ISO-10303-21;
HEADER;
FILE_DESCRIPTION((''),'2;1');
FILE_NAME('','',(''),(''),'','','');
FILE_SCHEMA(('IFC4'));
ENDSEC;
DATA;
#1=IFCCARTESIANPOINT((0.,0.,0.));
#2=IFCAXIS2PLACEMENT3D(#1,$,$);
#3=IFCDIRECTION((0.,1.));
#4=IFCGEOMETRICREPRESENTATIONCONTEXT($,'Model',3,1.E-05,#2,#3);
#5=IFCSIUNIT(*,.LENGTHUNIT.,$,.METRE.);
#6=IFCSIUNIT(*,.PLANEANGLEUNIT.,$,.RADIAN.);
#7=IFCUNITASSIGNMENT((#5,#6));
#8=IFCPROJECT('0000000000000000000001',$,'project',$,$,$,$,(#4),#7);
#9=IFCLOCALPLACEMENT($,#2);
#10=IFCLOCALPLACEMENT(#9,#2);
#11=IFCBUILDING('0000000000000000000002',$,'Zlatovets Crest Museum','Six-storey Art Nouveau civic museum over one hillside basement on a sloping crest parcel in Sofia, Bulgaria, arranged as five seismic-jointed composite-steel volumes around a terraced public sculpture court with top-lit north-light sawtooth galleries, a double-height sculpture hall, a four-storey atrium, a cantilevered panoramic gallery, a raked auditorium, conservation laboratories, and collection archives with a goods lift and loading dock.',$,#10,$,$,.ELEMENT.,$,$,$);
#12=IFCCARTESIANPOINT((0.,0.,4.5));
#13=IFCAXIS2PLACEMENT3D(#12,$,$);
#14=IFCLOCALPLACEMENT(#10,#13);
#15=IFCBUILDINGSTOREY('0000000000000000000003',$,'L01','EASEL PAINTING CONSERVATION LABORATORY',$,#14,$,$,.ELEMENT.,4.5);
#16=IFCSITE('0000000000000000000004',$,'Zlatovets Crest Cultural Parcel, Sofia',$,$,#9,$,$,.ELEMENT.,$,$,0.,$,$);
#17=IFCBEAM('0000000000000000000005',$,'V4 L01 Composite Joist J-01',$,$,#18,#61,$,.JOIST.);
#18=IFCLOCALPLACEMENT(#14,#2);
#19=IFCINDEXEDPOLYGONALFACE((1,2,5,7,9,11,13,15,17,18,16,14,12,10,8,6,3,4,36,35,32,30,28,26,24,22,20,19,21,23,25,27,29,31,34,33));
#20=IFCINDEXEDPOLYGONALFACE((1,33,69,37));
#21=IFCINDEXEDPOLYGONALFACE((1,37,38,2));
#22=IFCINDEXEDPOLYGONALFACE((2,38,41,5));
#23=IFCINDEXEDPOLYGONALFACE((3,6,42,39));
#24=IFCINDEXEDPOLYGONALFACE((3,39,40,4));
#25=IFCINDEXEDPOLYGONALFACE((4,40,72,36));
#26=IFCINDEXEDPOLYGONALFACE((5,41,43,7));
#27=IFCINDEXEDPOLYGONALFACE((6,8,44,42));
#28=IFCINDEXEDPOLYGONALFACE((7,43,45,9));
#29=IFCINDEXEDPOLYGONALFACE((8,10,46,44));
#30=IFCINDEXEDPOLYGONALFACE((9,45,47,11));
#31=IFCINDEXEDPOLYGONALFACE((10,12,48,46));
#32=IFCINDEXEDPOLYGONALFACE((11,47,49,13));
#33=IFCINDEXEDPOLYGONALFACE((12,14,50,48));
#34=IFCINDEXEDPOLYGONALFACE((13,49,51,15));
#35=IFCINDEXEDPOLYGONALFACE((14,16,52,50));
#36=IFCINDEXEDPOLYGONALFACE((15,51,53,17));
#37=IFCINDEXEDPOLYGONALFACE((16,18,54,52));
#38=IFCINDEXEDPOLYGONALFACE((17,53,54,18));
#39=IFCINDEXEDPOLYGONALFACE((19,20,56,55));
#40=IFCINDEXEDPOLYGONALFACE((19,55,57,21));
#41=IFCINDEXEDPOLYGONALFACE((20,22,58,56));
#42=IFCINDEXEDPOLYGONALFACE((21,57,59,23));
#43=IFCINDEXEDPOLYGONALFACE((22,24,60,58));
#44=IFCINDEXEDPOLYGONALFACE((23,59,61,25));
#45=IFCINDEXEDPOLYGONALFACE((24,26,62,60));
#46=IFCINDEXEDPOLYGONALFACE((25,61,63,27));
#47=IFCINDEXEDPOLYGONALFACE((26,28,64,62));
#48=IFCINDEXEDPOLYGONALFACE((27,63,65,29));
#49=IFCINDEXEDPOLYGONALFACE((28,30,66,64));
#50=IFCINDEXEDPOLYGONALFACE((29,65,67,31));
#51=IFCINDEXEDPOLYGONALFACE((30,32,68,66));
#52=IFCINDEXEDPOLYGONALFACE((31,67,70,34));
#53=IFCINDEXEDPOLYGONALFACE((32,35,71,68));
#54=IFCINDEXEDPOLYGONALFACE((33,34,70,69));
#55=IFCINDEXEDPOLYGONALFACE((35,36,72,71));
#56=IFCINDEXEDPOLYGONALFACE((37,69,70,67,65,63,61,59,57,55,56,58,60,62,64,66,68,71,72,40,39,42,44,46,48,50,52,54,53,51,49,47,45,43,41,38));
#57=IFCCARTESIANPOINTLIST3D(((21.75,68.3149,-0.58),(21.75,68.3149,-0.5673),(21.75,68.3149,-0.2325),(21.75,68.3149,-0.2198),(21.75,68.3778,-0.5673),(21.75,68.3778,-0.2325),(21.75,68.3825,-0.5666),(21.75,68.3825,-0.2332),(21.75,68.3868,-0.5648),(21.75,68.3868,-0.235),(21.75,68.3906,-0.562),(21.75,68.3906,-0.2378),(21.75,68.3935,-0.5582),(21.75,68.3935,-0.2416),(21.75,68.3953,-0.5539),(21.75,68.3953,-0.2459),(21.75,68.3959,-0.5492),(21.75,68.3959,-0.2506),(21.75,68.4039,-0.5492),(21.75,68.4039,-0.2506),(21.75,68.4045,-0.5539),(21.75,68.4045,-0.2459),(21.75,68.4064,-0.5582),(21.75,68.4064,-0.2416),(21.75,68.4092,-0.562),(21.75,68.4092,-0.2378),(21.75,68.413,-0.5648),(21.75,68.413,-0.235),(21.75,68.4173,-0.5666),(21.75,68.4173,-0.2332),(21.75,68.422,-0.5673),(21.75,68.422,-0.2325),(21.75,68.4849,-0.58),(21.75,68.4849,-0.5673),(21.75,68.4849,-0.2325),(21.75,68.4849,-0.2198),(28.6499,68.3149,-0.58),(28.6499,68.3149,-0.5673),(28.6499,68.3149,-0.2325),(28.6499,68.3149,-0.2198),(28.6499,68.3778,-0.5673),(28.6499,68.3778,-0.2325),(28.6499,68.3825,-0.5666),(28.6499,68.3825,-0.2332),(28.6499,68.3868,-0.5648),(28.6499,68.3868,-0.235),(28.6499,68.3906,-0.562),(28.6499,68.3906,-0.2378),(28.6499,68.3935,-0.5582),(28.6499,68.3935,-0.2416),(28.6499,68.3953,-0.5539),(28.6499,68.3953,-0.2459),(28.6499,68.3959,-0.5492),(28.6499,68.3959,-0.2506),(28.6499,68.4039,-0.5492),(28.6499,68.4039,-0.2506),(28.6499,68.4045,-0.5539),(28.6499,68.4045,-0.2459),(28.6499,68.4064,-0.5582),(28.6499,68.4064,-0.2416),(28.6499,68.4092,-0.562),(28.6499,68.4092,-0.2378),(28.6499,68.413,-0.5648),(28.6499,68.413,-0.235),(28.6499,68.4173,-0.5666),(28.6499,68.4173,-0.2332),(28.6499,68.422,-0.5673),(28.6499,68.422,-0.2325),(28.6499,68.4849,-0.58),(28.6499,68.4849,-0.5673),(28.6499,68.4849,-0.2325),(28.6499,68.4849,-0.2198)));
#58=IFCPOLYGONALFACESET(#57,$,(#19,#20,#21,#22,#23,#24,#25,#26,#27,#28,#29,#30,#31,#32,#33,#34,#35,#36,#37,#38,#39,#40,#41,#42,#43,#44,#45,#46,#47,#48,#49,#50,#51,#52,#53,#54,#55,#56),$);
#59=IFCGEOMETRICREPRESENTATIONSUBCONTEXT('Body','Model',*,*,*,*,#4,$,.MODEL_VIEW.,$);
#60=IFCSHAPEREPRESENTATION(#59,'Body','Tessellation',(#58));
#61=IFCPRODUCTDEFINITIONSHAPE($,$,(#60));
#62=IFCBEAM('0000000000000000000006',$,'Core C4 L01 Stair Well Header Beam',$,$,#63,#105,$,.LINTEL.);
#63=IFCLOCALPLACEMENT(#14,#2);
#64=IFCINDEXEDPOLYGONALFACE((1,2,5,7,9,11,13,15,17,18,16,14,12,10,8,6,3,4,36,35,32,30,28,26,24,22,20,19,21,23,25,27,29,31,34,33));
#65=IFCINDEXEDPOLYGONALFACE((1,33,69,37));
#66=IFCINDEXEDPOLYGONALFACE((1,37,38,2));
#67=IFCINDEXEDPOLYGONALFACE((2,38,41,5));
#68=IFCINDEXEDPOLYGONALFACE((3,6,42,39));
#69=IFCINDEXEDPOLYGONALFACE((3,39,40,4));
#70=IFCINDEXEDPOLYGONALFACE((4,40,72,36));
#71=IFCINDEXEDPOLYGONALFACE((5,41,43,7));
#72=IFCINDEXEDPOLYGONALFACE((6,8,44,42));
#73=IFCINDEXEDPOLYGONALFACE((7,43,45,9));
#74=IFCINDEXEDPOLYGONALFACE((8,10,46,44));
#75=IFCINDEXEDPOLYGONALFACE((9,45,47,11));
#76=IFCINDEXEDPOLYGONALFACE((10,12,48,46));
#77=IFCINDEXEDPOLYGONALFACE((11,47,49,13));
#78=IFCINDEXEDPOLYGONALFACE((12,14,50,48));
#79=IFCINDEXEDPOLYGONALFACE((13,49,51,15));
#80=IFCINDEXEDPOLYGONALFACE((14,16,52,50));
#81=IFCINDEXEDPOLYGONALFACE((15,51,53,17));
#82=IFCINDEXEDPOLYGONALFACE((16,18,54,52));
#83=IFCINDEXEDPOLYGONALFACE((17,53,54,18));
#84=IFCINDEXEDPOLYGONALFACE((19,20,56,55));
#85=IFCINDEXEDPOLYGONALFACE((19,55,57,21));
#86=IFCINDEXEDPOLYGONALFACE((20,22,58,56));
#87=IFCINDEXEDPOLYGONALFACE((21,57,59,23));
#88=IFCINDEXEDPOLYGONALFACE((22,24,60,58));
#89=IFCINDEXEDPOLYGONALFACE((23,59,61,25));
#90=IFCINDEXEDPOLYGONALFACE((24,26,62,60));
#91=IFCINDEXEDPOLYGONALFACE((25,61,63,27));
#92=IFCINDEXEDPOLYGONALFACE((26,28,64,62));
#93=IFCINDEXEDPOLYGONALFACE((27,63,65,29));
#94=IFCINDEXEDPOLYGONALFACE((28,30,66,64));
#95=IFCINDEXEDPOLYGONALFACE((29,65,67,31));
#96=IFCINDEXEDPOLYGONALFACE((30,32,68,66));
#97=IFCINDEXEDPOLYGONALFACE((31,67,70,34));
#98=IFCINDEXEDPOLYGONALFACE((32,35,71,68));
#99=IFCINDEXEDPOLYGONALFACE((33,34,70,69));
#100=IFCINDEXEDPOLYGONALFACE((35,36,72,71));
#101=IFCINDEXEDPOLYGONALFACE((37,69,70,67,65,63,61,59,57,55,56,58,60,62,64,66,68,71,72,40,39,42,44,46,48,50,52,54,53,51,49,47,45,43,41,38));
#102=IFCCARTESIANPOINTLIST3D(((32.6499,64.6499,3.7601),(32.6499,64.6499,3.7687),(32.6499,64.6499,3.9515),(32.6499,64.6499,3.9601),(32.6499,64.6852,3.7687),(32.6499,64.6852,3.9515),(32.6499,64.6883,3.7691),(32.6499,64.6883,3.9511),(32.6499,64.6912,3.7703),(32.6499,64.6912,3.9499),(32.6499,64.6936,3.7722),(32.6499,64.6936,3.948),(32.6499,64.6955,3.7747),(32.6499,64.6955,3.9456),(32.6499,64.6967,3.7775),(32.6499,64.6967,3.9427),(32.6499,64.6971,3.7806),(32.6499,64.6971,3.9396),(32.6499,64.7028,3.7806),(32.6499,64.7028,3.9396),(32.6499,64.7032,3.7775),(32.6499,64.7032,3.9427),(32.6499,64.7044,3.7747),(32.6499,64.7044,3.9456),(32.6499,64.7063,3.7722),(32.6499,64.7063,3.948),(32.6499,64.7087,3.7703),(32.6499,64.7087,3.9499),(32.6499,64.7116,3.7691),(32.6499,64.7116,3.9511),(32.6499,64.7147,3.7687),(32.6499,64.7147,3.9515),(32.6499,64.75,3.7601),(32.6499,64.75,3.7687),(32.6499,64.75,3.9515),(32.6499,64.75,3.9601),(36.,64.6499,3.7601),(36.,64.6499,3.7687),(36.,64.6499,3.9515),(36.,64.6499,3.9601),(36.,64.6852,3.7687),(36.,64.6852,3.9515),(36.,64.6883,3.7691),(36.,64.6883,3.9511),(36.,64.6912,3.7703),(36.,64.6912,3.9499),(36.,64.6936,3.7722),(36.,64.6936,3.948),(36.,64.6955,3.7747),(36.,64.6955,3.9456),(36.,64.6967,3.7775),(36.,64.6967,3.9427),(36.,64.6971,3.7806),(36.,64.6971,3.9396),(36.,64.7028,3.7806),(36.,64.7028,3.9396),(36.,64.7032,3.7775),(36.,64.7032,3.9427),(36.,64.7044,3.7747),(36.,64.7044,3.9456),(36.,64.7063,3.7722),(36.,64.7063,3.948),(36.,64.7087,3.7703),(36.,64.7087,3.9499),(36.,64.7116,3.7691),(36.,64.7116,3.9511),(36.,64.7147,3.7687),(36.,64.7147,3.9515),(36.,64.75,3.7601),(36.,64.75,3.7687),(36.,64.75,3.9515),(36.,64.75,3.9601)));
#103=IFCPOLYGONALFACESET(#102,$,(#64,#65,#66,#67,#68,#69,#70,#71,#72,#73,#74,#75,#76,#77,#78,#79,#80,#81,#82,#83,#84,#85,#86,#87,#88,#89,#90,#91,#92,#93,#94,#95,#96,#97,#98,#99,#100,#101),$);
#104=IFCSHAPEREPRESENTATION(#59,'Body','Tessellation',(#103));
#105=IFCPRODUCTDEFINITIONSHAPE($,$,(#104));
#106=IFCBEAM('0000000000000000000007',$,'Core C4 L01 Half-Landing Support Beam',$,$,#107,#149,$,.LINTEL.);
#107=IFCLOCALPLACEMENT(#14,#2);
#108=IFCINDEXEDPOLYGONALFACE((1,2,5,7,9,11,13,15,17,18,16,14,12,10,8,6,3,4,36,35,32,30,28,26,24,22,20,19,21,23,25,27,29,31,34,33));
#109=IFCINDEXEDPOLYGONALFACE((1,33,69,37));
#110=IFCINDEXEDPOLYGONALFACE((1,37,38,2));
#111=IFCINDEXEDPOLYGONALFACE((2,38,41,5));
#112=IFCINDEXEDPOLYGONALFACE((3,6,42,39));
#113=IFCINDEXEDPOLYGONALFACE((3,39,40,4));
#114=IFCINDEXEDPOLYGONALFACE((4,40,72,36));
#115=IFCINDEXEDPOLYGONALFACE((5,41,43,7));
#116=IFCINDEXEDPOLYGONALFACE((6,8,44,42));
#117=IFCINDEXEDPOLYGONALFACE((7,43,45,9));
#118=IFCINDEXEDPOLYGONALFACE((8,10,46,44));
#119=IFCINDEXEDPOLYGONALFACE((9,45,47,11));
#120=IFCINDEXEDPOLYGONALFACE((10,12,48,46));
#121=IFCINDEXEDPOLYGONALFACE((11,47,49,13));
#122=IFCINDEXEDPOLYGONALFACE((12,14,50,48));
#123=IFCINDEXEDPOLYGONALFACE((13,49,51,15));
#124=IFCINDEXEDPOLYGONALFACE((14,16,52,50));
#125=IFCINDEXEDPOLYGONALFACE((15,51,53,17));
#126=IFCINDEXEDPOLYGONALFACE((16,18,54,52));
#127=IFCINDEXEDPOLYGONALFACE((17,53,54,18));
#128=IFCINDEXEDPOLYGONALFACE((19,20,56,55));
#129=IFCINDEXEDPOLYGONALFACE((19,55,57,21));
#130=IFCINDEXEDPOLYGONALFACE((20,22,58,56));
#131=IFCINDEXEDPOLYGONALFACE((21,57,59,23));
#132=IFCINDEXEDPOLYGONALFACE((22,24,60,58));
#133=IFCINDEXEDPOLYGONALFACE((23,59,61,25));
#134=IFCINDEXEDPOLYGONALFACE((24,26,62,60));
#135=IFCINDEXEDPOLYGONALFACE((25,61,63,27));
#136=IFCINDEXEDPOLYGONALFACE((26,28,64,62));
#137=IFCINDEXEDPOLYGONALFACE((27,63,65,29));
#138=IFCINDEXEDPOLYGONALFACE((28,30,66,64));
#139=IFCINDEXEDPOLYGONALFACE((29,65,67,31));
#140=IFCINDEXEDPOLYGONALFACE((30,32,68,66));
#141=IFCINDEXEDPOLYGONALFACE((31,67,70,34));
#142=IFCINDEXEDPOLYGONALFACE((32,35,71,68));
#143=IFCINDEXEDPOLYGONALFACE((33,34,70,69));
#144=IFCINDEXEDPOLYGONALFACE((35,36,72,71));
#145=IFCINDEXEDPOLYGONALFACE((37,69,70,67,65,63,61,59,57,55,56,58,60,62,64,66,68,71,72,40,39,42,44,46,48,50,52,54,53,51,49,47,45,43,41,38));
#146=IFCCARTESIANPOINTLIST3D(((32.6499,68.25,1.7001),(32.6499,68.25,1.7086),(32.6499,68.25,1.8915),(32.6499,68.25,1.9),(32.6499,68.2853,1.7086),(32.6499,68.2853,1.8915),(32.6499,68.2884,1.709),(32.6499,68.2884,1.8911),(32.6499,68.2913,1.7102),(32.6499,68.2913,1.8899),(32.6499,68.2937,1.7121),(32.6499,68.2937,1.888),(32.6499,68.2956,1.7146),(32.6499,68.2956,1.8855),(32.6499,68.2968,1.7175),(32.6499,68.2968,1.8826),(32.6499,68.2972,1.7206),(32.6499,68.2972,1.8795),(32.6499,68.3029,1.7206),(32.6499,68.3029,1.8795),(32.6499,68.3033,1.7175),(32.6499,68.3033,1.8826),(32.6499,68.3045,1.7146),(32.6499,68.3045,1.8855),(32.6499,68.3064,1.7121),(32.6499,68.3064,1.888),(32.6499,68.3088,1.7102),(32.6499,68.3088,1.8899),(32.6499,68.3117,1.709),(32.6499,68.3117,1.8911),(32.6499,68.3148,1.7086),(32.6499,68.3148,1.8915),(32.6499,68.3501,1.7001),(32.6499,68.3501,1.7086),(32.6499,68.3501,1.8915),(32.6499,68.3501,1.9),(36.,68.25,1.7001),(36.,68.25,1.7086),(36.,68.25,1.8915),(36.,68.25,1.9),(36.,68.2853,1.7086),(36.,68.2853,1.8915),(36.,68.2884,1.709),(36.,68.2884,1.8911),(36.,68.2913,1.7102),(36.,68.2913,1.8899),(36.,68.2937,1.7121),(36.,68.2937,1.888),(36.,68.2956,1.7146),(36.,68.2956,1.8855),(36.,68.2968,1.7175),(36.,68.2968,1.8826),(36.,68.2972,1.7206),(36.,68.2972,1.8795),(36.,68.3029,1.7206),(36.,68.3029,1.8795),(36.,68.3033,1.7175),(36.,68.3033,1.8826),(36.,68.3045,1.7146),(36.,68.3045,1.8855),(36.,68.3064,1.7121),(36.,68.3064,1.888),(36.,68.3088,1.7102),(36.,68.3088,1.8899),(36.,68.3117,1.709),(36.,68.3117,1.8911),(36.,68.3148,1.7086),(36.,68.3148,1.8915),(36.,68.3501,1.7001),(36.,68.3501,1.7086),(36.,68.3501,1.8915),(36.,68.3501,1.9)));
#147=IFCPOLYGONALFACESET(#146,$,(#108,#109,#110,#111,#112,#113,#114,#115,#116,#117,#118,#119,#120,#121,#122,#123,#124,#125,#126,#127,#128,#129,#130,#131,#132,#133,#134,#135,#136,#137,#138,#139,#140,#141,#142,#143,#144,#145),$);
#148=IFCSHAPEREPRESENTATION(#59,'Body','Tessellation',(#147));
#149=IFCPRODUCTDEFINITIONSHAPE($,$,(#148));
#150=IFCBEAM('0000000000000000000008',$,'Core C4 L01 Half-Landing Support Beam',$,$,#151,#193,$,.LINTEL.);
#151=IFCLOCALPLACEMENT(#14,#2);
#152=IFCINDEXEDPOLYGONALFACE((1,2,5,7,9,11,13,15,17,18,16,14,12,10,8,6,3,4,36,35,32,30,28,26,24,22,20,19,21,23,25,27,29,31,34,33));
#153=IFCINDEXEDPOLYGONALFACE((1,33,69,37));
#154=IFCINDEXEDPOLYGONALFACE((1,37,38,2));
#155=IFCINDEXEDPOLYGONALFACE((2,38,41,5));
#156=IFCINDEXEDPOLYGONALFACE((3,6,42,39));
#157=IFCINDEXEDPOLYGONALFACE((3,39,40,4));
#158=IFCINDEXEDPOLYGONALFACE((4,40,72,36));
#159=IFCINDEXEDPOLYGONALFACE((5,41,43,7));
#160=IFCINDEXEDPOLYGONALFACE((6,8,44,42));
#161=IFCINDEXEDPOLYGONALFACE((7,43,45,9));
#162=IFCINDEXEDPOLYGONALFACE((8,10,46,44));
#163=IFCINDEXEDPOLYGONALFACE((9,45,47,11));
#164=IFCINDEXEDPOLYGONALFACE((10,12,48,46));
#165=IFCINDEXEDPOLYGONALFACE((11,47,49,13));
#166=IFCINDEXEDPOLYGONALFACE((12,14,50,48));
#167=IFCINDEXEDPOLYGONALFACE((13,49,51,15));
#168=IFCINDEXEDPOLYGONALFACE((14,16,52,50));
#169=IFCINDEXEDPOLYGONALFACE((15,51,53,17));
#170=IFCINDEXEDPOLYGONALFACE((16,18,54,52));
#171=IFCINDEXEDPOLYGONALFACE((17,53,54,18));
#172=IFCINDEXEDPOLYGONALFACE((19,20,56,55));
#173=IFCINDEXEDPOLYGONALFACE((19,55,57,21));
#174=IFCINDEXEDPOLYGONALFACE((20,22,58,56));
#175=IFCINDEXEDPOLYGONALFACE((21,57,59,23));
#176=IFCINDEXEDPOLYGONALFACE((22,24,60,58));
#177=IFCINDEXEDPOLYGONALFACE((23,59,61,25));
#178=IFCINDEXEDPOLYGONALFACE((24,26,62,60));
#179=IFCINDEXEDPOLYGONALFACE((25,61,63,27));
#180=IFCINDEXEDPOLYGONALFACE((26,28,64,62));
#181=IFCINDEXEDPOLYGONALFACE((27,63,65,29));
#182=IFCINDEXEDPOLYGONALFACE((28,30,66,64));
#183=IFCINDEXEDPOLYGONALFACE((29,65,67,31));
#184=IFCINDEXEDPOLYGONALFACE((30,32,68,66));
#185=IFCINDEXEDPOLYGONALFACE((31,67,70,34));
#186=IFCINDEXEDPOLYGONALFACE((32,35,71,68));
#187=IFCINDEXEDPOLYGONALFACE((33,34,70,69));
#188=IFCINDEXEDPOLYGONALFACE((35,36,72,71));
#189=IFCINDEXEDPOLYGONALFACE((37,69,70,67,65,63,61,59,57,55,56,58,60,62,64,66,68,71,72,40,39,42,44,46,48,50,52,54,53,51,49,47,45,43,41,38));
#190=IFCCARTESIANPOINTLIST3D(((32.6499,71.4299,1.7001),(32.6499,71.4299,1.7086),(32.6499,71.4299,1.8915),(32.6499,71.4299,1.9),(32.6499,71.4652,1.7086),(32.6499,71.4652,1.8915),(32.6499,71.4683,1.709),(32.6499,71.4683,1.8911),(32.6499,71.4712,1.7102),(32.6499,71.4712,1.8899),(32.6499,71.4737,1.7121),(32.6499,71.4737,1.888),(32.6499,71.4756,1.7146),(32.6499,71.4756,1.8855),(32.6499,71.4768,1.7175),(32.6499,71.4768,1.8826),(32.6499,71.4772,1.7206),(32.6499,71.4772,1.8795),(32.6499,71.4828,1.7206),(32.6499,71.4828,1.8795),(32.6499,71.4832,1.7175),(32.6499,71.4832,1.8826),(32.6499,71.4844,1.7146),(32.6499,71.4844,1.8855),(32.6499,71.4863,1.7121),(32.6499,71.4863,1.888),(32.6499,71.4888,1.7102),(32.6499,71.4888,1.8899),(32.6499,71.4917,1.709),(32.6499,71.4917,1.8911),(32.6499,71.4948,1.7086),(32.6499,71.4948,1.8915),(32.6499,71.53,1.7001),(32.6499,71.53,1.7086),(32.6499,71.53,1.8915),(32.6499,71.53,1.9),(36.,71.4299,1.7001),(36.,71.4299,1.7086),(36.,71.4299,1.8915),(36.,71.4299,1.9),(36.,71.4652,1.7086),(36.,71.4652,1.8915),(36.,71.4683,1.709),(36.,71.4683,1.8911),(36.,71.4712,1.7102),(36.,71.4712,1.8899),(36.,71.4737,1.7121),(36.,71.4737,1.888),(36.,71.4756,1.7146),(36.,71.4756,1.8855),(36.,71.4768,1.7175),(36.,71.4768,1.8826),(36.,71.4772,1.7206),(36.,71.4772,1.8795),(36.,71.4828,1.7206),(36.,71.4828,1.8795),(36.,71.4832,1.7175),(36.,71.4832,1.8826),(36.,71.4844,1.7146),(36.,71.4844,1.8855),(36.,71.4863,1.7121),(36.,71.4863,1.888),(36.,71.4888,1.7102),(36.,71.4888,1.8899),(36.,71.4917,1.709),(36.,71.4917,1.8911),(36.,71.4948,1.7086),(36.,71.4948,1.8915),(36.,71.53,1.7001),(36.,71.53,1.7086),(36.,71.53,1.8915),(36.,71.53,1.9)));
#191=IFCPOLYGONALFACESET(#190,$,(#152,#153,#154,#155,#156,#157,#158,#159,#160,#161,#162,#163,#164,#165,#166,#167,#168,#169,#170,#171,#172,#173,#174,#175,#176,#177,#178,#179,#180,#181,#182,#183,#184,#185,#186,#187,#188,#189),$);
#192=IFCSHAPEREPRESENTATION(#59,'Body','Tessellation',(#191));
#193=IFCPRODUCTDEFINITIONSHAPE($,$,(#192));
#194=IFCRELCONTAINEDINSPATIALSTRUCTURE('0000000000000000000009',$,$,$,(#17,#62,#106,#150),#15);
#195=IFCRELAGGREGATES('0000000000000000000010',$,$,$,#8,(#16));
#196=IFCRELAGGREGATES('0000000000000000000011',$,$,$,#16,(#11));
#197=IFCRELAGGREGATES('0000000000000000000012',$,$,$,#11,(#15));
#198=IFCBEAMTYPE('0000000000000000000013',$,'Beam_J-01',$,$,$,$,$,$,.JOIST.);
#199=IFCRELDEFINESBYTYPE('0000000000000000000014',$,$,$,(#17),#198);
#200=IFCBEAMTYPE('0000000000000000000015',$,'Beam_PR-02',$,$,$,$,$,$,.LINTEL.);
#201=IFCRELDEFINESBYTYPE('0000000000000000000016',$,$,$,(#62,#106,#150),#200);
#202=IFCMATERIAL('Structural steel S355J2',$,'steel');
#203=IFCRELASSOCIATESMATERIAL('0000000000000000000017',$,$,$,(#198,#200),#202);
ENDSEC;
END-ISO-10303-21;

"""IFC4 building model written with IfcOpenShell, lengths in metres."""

from ifc_helpers import new_model, si_unit, direction, frame, origin, origin_2d, place, context, subcontext, project, spatial, i_section, extrude, material, material_profile, profile_set, type_object, element, save


model = new_model("IFC4")

# Units and contexts
model_context = context("Model", 3, precision=1e-05, world=origin(), true_north=direction((0.0, 1.0)))
body_context = subcontext(model_context, "Body", "Model", "MODEL_VIEW")
ifc_project = project(units=[si_unit("LENGTHUNIT", "METRE"), si_unit("PLANEANGLEUNIT", "RADIAN")], contexts=[model_context])

# Site, building, storey
site_placement = place(None, origin())
site = spatial("IfcSite", under=ifc_project, at=site_placement, Name="Zlatovets Crest Cultural Parcel, Sofia", CompositionType="ELEMENT", RefElevation=0.0)
building_placement = place(site_placement, origin())
building = spatial("IfcBuilding", under=site, at=building_placement, Name="Zlatovets Crest Museum", Description="Six-storey Art Nouveau civic museum over one hillside basement on a sloping crest parcel in Sofia, Bulgaria, arranged as five seismic-jointed composite-steel volumes around a terraced public sculpture court with top-lit north-light sawtooth galleries, a double-height sculpture hall, a four-storey atrium, a cantilevered panoramic gallery, a raked auditorium, conservation laboratories, and collection archives with a goods lift and loading dock.", CompositionType="ELEMENT")
storey_placement = place(building_placement, frame((0.0, 0.0, 4.5)))
storey = spatial("IfcBuildingStorey", under=building, at=storey_placement, Name="L01", Description="EASEL PAINTING CONSERVATION LABORATORY", CompositionType="ELEMENT", Elevation=4.5)

# Shared definitions
ifc_material_1 = material(Name="Structural steel S355J2", Category="steel")

# Beams
ifc_material_profile_1 = material_profile(ifc_material_1, i_section(OverallWidth=0.1699, OverallDepth=0.3601, WebThickness=0.0081, FlangeThickness=0.0127, FilletRadius=0.0181, at=origin_2d()), Name="IPE 360")
ifc_profile_set_1 = profile_set([ifc_material_profile_1], Name="Structural steel S355J2")
beam_type_1 = type_object("IfcBeamType", Name="Beam_J-01", PredefinedType="JOIST", material=ifc_profile_set_1)
beam_1_placement = place(storey_placement, frame((21.75, 68.3999, -0.3999), z_axis=(1.0, 0.0, 0.0), x_axis=(0.0, 1.0, 0.0)))
element("IfcBeam", 1, at=beam_1_placement, inside=storey, type_object=beam_type_1, Name="V4 L01 Composite Joist J-01", PredefinedType="JOIST", context=body_context, shape_type="SweptSolid", body=[
    extrude(i_section(OverallWidth=0.1699, OverallDepth=0.3601, WebThickness=0.0081, FlangeThickness=0.0127, FilletRadius=0.0181, at=origin_2d()), origin(), (0.0, 0.0, 1.0), 6.8999),
])
ifc_material_profile_2 = material_profile(ifc_material_1, i_section(OverallWidth=0.1001, OverallDepth=0.2, WebThickness=0.0056, FlangeThickness=0.0085, FilletRadius=0.012, at=origin_2d()), Name="IPE 200")
ifc_profile_set_2 = profile_set([ifc_material_profile_2], Name="Structural steel S355J2")
beam_type_2 = type_object("IfcBeamType", Name="Beam_PR-02", PredefinedType="LINTEL", material=ifc_profile_set_2)
for number, where, z_axis, x_axis, name in (
    (2, (32.6499, 64.7, 3.8601), (1.0, 0.0, 0.0), (0.0, 1.0, 0.0), "Core C4 L01 Stair Well Header Beam"),
    (3, (32.6499, 68.3, 1.8), (1.0, 0.0, 0.0), (0.0, 1.0, 0.0), "Core C4 L01 Half-Landing Support Beam"),
    (4, (32.6499, 71.48, 1.8), (1.0, 0.0, 0.0), (0.0, 1.0, 0.0), "Core C4 L01 Half-Landing Support Beam"),
):
    element("IfcBeam", number, at=place(storey_placement, frame(where, z_axis=z_axis, x_axis=x_axis)), inside=storey, type_object=beam_type_2, Name=name, PredefinedType="LINTEL", context=body_context, shape_type="SweptSolid", body=[
        extrude(i_section(OverallWidth=0.1001, OverallDepth=0.2, WebThickness=0.0056, FlangeThickness=0.0085, FilletRadius=0.012, at=origin_2d()), origin(), (0.0, 0.0, 1.0), 3.3501),
    ])

save(model, "model.ifc")
